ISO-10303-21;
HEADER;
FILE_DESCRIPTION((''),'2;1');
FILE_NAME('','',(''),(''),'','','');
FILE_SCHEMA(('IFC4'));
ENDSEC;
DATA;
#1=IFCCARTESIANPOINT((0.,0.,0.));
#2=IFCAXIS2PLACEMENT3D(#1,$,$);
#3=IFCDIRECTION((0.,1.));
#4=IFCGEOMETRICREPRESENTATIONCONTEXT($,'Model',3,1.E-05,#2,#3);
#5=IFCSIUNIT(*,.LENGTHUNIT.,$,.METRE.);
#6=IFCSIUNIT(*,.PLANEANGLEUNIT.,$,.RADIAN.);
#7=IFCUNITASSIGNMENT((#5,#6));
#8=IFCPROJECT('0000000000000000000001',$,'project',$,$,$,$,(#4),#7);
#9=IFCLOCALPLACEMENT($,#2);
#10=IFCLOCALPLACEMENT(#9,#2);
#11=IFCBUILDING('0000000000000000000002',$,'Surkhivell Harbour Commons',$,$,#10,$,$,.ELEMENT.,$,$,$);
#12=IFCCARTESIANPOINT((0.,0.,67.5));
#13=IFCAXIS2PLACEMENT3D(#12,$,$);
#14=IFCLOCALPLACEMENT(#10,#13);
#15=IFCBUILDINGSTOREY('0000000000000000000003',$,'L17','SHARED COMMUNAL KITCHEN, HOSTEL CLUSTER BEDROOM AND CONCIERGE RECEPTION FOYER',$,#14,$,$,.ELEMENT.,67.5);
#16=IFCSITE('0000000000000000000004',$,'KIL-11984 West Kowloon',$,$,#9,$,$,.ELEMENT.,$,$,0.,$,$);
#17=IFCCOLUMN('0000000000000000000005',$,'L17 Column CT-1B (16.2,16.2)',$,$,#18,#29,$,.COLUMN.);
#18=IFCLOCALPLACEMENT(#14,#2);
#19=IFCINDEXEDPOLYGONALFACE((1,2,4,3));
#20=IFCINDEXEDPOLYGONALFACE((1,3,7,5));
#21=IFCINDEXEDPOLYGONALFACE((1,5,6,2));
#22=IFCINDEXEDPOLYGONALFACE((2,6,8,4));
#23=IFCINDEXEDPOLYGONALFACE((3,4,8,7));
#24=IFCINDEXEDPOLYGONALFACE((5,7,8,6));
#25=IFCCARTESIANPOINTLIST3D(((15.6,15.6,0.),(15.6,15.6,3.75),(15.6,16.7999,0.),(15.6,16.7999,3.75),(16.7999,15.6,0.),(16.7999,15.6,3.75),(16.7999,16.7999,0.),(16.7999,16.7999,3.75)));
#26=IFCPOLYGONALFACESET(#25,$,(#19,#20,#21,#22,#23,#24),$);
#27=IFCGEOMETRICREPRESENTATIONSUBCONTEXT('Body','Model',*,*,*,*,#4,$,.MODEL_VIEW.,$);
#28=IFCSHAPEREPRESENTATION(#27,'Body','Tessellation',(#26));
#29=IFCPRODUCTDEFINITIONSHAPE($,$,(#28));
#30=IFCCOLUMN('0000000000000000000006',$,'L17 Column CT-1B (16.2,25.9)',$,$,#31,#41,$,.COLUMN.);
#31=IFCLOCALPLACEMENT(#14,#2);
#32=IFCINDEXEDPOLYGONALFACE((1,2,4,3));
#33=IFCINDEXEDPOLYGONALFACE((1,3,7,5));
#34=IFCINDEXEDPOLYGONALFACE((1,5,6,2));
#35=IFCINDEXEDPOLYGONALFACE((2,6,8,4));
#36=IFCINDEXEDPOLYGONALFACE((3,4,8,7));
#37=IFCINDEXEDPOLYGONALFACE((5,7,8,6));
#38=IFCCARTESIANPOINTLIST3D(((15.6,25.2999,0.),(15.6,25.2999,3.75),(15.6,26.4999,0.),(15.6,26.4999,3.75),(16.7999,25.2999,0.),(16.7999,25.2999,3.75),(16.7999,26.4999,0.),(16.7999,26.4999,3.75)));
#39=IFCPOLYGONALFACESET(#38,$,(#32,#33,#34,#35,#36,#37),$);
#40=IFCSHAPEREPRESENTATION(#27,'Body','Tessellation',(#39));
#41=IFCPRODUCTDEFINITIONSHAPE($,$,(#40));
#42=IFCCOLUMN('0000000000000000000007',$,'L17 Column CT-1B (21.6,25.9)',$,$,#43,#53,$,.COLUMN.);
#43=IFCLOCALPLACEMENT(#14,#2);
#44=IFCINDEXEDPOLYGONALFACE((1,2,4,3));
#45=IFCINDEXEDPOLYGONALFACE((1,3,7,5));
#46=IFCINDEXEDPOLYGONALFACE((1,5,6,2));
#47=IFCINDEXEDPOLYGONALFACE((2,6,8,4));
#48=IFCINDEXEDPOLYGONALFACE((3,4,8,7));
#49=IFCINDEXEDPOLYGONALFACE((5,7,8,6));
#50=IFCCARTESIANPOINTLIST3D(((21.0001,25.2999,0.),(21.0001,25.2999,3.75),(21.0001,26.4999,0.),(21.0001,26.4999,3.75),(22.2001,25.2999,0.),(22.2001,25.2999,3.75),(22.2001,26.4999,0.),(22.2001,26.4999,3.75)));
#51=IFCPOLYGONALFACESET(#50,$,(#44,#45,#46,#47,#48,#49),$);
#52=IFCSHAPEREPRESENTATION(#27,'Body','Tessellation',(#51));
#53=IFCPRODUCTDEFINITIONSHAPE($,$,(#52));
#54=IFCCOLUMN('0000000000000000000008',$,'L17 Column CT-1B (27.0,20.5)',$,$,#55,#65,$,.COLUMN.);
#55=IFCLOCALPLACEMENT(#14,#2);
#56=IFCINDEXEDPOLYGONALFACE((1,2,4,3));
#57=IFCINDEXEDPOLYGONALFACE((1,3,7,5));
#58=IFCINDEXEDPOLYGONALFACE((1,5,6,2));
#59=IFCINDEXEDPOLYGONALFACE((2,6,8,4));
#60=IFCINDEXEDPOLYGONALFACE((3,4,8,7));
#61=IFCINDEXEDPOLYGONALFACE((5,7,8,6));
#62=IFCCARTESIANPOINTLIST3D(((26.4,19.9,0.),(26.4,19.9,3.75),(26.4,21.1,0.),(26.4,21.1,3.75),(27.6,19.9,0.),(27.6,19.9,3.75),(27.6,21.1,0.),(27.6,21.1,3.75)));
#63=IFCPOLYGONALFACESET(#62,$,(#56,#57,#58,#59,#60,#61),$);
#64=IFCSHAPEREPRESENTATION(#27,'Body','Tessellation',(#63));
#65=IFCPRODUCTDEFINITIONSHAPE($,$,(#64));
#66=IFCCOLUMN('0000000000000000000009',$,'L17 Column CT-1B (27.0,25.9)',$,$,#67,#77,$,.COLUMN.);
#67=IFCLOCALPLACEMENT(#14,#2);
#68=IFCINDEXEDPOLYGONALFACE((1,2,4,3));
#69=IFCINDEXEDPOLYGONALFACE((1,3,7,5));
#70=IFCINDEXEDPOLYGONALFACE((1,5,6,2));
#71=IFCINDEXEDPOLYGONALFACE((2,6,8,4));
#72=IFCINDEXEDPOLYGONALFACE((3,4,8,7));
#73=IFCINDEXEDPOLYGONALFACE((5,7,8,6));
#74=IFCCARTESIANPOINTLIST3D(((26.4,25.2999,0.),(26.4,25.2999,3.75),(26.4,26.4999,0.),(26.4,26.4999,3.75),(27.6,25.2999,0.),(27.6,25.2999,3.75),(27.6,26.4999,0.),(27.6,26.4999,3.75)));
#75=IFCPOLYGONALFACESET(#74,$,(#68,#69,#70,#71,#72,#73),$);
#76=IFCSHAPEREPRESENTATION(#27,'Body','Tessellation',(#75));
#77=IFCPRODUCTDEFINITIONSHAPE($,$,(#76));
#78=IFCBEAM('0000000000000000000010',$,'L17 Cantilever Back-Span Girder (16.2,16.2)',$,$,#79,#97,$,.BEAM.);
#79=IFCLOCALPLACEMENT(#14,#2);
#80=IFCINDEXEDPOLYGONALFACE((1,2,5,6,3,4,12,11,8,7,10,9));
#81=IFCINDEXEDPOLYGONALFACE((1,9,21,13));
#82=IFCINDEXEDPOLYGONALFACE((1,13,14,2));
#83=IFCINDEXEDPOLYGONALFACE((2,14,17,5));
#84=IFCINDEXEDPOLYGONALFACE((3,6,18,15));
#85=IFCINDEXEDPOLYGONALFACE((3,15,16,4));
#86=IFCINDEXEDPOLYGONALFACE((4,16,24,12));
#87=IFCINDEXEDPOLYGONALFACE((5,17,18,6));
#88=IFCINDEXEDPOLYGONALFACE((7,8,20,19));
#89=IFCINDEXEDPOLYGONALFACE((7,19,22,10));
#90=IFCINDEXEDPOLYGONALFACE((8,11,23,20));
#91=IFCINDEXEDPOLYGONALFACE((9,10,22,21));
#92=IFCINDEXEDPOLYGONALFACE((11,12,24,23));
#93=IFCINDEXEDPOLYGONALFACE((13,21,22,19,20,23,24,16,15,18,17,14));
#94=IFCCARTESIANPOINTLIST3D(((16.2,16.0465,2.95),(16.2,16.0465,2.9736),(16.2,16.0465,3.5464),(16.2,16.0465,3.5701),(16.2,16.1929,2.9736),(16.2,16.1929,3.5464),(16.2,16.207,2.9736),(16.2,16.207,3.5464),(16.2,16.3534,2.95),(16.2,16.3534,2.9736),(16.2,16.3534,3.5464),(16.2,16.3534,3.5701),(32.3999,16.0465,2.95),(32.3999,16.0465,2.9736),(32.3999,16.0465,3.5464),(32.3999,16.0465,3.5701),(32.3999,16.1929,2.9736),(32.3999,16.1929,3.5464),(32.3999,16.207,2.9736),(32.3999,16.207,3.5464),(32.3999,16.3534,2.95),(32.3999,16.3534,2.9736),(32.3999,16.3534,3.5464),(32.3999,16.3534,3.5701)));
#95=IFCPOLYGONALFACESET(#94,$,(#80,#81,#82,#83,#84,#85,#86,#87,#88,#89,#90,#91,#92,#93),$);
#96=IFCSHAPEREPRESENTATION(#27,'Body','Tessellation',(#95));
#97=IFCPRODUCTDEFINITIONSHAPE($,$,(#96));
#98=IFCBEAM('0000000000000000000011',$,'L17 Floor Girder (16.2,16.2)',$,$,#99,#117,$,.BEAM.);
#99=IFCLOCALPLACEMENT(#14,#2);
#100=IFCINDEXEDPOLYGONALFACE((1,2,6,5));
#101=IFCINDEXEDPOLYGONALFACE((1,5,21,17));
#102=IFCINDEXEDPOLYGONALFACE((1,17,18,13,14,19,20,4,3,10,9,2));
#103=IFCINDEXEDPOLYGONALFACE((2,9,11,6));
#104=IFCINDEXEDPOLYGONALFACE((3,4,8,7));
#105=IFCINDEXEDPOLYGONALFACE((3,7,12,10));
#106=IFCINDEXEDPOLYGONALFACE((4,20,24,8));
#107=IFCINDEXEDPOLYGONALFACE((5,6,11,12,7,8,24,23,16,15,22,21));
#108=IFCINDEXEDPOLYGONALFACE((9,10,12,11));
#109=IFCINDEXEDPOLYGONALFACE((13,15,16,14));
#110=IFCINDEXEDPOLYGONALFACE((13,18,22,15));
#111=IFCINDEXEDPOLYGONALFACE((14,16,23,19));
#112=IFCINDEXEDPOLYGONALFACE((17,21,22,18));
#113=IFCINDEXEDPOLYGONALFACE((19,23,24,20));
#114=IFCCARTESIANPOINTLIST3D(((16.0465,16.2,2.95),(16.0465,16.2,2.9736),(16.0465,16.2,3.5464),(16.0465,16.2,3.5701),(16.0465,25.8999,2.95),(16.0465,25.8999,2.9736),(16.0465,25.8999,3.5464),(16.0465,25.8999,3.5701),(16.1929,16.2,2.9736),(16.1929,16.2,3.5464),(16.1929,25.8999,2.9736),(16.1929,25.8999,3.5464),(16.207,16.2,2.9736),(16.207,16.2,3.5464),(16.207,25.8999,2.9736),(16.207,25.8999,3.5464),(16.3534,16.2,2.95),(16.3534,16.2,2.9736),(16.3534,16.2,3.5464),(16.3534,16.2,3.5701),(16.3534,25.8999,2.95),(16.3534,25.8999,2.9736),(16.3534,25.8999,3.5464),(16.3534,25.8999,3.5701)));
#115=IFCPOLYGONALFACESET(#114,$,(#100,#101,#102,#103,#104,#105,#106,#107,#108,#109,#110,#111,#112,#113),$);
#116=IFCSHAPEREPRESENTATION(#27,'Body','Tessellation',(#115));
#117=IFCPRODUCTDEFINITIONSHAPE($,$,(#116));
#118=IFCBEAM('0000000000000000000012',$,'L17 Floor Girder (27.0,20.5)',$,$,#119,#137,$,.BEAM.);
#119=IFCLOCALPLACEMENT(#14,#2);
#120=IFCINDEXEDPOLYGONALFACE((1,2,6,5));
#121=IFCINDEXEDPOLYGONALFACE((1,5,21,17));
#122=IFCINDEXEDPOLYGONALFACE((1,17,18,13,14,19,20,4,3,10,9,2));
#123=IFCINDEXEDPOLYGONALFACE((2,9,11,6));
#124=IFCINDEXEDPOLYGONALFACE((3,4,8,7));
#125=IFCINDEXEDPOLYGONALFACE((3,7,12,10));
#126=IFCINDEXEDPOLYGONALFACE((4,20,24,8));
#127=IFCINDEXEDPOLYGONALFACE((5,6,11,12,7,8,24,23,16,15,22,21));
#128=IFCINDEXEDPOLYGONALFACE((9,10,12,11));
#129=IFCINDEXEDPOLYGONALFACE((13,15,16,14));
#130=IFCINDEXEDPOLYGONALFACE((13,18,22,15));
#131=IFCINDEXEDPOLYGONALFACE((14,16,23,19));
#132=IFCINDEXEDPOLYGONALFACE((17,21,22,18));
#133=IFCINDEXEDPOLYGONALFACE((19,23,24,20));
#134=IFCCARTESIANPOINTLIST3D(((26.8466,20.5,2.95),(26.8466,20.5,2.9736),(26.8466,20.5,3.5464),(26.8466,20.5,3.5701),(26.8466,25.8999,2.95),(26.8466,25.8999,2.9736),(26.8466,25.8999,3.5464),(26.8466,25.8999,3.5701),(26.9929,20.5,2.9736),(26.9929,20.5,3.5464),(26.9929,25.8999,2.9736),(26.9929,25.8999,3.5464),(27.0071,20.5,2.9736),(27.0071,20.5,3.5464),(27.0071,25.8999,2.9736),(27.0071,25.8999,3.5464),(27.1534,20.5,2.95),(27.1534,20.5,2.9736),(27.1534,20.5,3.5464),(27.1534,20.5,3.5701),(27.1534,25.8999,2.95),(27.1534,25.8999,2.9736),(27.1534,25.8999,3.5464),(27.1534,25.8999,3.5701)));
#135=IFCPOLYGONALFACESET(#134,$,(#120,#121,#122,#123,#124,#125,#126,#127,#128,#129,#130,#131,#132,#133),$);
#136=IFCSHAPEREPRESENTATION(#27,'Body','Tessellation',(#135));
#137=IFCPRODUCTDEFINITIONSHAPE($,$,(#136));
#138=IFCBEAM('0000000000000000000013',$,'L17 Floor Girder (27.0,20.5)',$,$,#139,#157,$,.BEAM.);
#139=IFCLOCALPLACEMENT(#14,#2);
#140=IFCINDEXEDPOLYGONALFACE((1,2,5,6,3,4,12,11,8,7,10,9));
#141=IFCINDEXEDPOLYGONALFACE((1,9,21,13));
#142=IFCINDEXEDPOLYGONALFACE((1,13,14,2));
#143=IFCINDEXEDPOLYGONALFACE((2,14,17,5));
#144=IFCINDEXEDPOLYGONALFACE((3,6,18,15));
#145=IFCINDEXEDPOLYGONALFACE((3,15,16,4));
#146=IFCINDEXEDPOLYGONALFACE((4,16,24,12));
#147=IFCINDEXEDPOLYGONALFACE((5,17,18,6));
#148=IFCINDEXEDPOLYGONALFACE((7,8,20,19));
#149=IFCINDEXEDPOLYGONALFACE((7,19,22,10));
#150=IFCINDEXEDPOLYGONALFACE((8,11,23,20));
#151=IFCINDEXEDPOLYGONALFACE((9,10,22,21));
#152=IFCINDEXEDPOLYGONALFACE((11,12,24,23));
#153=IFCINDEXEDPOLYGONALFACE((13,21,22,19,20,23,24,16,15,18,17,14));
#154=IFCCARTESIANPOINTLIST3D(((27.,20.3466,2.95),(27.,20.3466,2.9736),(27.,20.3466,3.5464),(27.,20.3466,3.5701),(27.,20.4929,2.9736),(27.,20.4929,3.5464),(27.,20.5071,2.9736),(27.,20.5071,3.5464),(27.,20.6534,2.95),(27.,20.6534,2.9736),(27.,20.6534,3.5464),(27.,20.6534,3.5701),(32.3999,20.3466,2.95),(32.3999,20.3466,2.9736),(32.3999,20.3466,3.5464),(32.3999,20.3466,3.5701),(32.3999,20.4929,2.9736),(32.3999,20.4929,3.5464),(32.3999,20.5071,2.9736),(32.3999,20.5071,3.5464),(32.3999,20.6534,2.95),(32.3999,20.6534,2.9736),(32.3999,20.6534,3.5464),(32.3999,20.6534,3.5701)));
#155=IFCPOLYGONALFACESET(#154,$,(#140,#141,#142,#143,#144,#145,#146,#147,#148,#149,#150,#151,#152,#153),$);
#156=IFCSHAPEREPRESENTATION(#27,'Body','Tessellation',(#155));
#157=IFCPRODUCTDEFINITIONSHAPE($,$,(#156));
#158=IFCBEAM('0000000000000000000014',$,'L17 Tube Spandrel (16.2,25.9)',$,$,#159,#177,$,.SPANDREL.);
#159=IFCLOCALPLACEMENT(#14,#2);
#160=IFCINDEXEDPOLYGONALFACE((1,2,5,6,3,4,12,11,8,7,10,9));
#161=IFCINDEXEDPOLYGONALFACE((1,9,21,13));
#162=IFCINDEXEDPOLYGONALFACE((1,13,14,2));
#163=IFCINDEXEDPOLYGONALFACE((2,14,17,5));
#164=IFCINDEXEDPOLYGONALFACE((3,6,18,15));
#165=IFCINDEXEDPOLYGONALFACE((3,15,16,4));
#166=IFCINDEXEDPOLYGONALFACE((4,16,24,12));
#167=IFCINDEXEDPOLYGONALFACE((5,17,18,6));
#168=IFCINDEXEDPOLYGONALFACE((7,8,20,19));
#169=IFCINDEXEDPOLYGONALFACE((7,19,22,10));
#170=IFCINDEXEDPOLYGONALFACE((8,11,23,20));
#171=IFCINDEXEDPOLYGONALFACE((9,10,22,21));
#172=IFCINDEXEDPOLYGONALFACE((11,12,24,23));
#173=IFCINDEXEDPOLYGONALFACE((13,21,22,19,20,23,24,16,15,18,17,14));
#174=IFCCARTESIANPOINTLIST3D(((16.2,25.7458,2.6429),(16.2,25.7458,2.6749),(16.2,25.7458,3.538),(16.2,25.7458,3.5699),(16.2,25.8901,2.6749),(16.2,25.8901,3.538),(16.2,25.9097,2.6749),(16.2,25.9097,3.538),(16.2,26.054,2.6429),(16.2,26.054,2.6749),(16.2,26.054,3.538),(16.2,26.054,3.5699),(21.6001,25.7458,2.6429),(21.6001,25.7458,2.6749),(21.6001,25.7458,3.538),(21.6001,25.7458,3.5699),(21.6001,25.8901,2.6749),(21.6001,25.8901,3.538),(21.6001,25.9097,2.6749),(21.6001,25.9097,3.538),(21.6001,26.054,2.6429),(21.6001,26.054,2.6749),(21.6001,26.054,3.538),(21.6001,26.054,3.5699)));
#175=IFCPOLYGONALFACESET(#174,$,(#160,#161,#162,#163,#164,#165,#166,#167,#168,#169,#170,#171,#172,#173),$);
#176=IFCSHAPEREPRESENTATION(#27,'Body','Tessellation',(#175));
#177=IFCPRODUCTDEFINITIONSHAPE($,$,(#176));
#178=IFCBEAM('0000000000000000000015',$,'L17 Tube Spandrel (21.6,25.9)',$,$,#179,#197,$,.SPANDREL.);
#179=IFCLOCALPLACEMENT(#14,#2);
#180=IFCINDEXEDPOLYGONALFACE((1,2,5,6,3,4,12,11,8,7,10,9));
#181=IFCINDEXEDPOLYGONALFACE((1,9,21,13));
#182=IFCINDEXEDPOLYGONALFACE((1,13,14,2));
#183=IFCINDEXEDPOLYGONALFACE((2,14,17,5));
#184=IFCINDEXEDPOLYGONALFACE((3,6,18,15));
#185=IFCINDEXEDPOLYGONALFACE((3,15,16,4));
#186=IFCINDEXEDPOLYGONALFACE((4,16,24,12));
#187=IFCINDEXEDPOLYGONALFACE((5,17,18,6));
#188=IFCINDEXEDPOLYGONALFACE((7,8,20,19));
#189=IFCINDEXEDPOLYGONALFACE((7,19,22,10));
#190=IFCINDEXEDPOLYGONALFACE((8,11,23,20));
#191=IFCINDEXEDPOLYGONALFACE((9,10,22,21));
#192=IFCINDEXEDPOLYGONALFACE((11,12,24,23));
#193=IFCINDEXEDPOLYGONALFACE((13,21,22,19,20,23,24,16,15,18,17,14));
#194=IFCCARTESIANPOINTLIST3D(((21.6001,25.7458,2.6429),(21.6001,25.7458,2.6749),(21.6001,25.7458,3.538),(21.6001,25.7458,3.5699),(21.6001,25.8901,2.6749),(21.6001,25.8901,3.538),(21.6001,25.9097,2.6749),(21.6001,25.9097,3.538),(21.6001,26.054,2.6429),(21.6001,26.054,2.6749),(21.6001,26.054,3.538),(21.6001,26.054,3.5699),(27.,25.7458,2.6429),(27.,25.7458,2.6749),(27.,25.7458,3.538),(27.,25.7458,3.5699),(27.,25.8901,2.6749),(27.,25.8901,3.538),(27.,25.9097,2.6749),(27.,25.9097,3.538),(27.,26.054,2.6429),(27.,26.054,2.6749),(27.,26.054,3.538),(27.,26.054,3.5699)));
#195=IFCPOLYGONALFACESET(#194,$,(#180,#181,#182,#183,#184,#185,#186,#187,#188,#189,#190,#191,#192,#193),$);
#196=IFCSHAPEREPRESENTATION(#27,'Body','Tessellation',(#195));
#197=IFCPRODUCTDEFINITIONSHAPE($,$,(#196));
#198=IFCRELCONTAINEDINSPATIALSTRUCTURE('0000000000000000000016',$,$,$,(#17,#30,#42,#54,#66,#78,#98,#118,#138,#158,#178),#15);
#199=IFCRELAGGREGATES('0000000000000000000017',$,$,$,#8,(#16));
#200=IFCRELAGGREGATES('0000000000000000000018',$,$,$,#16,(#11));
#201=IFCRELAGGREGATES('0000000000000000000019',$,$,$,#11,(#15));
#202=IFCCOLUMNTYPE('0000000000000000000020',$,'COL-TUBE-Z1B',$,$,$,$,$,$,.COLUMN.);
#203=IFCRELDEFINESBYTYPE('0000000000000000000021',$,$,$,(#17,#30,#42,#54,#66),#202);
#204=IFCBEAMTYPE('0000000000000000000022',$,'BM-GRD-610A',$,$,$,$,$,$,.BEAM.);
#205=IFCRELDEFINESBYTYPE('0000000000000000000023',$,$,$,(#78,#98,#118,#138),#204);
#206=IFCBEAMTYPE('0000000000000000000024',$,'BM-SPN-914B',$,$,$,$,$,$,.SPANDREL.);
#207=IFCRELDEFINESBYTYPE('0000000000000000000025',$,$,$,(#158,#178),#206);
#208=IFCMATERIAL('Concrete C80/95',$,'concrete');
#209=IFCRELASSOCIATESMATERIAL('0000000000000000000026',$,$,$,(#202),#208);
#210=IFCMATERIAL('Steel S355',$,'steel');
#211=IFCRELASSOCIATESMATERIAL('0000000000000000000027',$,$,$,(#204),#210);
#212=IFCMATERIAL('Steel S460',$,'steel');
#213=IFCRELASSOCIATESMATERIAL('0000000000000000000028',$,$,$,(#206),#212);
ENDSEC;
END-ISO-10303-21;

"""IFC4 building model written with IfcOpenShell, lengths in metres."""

from ifc_helpers import new_model, si_unit, direction, frame, origin, origin_2d, place, context, subcontext, project, spatial, rectangle, i_section, extrude, material, material_profile, profile_set, type_object, element, save


model = new_model("IFC4")

# Units and contexts
model_context = context("Model", 3, precision=1e-05, world=origin(), true_north=direction((0.0, 1.0)))
body_context = subcontext(model_context, "Body", "Model", "MODEL_VIEW")
ifc_project = project(units=[si_unit("LENGTHUNIT", "METRE"), si_unit("PLANEANGLEUNIT", "RADIAN")], contexts=[model_context])

# Site, building, storey
site_placement = place(None, origin())
site = spatial("IfcSite", under=ifc_project, at=site_placement, Name="KIL-11984 West Kowloon", CompositionType="ELEMENT", RefElevation=0.0)
building_placement = place(site_placement, origin())
building = spatial("IfcBuilding", under=site, at=building_placement, Name="Surkhivell Harbour Commons", CompositionType="ELEMENT")
storey_placement = place(building_placement, frame((0.0, 0.0, 67.5)))
storey = spatial("IfcBuildingStorey", under=building, at=storey_placement, Name="L17", Description="SHARED COMMUNAL KITCHEN, HOSTEL CLUSTER BEDROOM AND CONCIERGE RECEPTION FOYER", CompositionType="ELEMENT", Elevation=67.5)

# Columns
ifc_material_1 = material(Name="Concrete C80/95", Category="concrete")
ifc_material_profile_1 = material_profile(ifc_material_1, rectangle(XDim=1.2, YDim=1.2, at=origin_2d()), Name="RC-COL-1200x1200")
ifc_profile_set_1 = profile_set([ifc_material_profile_1], Name="Concrete C80/95")
column_type = type_object("IfcColumnType", Name="COL-TUBE-Z1B", PredefinedType="COLUMN", material=ifc_profile_set_1)
for number, where, z_axis, x_axis, name in (
    (1, (16.2, 16.2, 0.0), (0.0, 0.0, 1.0), (1.0, 0.0, 0.0), "L17 Column CT-1B (16.2,16.2)"),
    (2, (16.2, 25.8999, 0.0), (0.0, 0.0, 1.0), (1.0, 0.0, 0.0), "L17 Column CT-1B (16.2,25.9)"),
    (3, (21.6001, 25.8999, 0.0), (0.0, 0.0, 1.0), (1.0, 0.0, 0.0), "L17 Column CT-1B (21.6,25.9)"),
    (4, (27.0, 20.5, 0.0), (0.0, 0.0, 1.0), (1.0, 0.0, 0.0), "L17 Column CT-1B (27.0,20.5)"),
    (5, (27.0, 25.8999, 0.0), (0.0, 0.0, 1.0), (1.0, 0.0, 0.0), "L17 Column CT-1B (27.0,25.9)"),
):
    element("IfcColumn", number, at=place(storey_placement, frame(where, z_axis=z_axis, x_axis=x_axis)), inside=storey, type_object=column_type, Name=name, PredefinedType="COLUMN", context=body_context, shape_type="SweptSolid", body=[
        extrude(rectangle(XDim=1.2, YDim=1.2, at=origin_2d()), origin(), (0.0, 0.0, 1.0), 3.75),
    ])

# Beams
ifc_material_2 = material(Name="Steel S355", Category="steel")
ifc_material_profile_2 = material_profile(ifc_material_2, i_section(OverallWidth=0.3069, OverallDepth=0.6201, WebThickness=0.0142, FlangeThickness=0.0237, at=origin_2d()), Name="UB610x305x179")
ifc_profile_set_2 = profile_set([ifc_material_profile_2], Name="Steel S355")
beam_type_1 = type_object("IfcBeamType", Name="BM-GRD-610A", PredefinedType="BEAM", material=ifc_profile_set_2)
beam_1_placement = place(storey_placement, frame((16.2, 16.2, 3.26), z_axis=(1.0, 0.0, 0.0), x_axis=(0.0, 1.0, 0.0)))
element("IfcBeam", 6, at=beam_1_placement, inside=storey, type_object=beam_type_1, Name="L17 Cantilever Back-Span Girder (16.2,16.2)", PredefinedType="BEAM", context=body_context, shape_type="SweptSolid", body=[
    extrude(i_section(OverallWidth=0.3069, OverallDepth=0.6201, WebThickness=0.0142, FlangeThickness=0.0237, at=origin_2d()), origin(), (0.0, 0.0, 1.0), 16.2),
])
beam_2_placement = place(storey_placement, frame((16.2, 16.2, 3.26), z_axis=(0.0, 1.0, 0.0), x_axis=(-1.0, 0.0, 0.0)))
element("IfcBeam", 7, at=beam_2_placement, inside=storey, type_object=beam_type_1, Name="L17 Floor Girder (16.2,16.2)", PredefinedType="BEAM", context=body_context, shape_type="SweptSolid", body=[
    extrude(i_section(OverallWidth=0.3069, OverallDepth=0.6201, WebThickness=0.0142, FlangeThickness=0.0237, at=origin_2d()), origin(), (0.0, 0.0, 1.0), 9.7),
])
for number, where, z_axis, x_axis, name in (
    (8, (27.0, 20.5, 3.26), (0.0, 1.0, 0.0), (-1.0, 0.0, 0.0), "L17 Floor Girder (27.0,20.5)"),
    (9, (27.0, 20.5, 3.26), (1.0, 0.0, 0.0), (0.0, 1.0, 0.0), "L17 Floor Girder (27.0,20.5)"),
):
    element("IfcBeam", number, at=place(storey_placement, frame(where, z_axis=z_axis, x_axis=x_axis)), inside=storey, type_object=beam_type_1, Name=name, PredefinedType="BEAM", context=body_context, shape_type="SweptSolid", body=[
        extrude(i_section(OverallWidth=0.3069, OverallDepth=0.6201, WebThickness=0.0142, FlangeThickness=0.0237, at=origin_2d()), origin(), (0.0, 0.0, 1.0), 5.3999),
    ])
ifc_material_3 = material(Name="Steel S460", Category="steel")
ifc_material_profile_3 = material_profile(ifc_material_3, i_section(OverallWidth=0.3081, OverallDepth=0.927, WebThickness=0.0195, FlangeThickness=0.032, at=origin_2d()), Name="UB914x305x289")
ifc_profile_set_3 = profile_set([ifc_material_profile_3], Name="Steel S460")
beam_type_2 = type_object("IfcBeamType", Name="BM-SPN-914B", PredefinedType="SPANDREL", material=ifc_profile_set_3)
beam_3_placement = place(storey_placement, frame((16.2, 25.8999, 3.1064), z_axis=(1.0, 0.0, 0.0), x_axis=(0.0, 1.0, 0.0)))
element("IfcBeam", 10, at=beam_3_placement, inside=storey, type_object=beam_type_2, Name="L17 Tube Spandrel (16.2,25.9)", PredefinedType="SPANDREL", context=body_context, shape_type="SweptSolid", body=[
    extrude(i_section(OverallWidth=0.3081, OverallDepth=0.927, WebThickness=0.0195, FlangeThickness=0.032, at=origin_2d()), origin(), (0.0, 0.0, 1.0), 5.4001),
])
beam_4_placement = place(storey_placement, frame((21.6001, 25.8999, 3.1064), z_axis=(1.0, 0.0, 0.0), x_axis=(0.0, 1.0, 0.0)))
element("IfcBeam", 11, at=beam_4_placement, inside=storey, type_object=beam_type_2, Name="L17 Tube Spandrel (21.6,25.9)", PredefinedType="SPANDREL", context=body_context, shape_type="SweptSolid", body=[
    extrude(i_section(OverallWidth=0.3081, OverallDepth=0.927, WebThickness=0.0195, FlangeThickness=0.032, at=origin_2d()), origin(), (0.0, 0.0, 1.0), 5.3999),
])

save(model, "model.ifc")
